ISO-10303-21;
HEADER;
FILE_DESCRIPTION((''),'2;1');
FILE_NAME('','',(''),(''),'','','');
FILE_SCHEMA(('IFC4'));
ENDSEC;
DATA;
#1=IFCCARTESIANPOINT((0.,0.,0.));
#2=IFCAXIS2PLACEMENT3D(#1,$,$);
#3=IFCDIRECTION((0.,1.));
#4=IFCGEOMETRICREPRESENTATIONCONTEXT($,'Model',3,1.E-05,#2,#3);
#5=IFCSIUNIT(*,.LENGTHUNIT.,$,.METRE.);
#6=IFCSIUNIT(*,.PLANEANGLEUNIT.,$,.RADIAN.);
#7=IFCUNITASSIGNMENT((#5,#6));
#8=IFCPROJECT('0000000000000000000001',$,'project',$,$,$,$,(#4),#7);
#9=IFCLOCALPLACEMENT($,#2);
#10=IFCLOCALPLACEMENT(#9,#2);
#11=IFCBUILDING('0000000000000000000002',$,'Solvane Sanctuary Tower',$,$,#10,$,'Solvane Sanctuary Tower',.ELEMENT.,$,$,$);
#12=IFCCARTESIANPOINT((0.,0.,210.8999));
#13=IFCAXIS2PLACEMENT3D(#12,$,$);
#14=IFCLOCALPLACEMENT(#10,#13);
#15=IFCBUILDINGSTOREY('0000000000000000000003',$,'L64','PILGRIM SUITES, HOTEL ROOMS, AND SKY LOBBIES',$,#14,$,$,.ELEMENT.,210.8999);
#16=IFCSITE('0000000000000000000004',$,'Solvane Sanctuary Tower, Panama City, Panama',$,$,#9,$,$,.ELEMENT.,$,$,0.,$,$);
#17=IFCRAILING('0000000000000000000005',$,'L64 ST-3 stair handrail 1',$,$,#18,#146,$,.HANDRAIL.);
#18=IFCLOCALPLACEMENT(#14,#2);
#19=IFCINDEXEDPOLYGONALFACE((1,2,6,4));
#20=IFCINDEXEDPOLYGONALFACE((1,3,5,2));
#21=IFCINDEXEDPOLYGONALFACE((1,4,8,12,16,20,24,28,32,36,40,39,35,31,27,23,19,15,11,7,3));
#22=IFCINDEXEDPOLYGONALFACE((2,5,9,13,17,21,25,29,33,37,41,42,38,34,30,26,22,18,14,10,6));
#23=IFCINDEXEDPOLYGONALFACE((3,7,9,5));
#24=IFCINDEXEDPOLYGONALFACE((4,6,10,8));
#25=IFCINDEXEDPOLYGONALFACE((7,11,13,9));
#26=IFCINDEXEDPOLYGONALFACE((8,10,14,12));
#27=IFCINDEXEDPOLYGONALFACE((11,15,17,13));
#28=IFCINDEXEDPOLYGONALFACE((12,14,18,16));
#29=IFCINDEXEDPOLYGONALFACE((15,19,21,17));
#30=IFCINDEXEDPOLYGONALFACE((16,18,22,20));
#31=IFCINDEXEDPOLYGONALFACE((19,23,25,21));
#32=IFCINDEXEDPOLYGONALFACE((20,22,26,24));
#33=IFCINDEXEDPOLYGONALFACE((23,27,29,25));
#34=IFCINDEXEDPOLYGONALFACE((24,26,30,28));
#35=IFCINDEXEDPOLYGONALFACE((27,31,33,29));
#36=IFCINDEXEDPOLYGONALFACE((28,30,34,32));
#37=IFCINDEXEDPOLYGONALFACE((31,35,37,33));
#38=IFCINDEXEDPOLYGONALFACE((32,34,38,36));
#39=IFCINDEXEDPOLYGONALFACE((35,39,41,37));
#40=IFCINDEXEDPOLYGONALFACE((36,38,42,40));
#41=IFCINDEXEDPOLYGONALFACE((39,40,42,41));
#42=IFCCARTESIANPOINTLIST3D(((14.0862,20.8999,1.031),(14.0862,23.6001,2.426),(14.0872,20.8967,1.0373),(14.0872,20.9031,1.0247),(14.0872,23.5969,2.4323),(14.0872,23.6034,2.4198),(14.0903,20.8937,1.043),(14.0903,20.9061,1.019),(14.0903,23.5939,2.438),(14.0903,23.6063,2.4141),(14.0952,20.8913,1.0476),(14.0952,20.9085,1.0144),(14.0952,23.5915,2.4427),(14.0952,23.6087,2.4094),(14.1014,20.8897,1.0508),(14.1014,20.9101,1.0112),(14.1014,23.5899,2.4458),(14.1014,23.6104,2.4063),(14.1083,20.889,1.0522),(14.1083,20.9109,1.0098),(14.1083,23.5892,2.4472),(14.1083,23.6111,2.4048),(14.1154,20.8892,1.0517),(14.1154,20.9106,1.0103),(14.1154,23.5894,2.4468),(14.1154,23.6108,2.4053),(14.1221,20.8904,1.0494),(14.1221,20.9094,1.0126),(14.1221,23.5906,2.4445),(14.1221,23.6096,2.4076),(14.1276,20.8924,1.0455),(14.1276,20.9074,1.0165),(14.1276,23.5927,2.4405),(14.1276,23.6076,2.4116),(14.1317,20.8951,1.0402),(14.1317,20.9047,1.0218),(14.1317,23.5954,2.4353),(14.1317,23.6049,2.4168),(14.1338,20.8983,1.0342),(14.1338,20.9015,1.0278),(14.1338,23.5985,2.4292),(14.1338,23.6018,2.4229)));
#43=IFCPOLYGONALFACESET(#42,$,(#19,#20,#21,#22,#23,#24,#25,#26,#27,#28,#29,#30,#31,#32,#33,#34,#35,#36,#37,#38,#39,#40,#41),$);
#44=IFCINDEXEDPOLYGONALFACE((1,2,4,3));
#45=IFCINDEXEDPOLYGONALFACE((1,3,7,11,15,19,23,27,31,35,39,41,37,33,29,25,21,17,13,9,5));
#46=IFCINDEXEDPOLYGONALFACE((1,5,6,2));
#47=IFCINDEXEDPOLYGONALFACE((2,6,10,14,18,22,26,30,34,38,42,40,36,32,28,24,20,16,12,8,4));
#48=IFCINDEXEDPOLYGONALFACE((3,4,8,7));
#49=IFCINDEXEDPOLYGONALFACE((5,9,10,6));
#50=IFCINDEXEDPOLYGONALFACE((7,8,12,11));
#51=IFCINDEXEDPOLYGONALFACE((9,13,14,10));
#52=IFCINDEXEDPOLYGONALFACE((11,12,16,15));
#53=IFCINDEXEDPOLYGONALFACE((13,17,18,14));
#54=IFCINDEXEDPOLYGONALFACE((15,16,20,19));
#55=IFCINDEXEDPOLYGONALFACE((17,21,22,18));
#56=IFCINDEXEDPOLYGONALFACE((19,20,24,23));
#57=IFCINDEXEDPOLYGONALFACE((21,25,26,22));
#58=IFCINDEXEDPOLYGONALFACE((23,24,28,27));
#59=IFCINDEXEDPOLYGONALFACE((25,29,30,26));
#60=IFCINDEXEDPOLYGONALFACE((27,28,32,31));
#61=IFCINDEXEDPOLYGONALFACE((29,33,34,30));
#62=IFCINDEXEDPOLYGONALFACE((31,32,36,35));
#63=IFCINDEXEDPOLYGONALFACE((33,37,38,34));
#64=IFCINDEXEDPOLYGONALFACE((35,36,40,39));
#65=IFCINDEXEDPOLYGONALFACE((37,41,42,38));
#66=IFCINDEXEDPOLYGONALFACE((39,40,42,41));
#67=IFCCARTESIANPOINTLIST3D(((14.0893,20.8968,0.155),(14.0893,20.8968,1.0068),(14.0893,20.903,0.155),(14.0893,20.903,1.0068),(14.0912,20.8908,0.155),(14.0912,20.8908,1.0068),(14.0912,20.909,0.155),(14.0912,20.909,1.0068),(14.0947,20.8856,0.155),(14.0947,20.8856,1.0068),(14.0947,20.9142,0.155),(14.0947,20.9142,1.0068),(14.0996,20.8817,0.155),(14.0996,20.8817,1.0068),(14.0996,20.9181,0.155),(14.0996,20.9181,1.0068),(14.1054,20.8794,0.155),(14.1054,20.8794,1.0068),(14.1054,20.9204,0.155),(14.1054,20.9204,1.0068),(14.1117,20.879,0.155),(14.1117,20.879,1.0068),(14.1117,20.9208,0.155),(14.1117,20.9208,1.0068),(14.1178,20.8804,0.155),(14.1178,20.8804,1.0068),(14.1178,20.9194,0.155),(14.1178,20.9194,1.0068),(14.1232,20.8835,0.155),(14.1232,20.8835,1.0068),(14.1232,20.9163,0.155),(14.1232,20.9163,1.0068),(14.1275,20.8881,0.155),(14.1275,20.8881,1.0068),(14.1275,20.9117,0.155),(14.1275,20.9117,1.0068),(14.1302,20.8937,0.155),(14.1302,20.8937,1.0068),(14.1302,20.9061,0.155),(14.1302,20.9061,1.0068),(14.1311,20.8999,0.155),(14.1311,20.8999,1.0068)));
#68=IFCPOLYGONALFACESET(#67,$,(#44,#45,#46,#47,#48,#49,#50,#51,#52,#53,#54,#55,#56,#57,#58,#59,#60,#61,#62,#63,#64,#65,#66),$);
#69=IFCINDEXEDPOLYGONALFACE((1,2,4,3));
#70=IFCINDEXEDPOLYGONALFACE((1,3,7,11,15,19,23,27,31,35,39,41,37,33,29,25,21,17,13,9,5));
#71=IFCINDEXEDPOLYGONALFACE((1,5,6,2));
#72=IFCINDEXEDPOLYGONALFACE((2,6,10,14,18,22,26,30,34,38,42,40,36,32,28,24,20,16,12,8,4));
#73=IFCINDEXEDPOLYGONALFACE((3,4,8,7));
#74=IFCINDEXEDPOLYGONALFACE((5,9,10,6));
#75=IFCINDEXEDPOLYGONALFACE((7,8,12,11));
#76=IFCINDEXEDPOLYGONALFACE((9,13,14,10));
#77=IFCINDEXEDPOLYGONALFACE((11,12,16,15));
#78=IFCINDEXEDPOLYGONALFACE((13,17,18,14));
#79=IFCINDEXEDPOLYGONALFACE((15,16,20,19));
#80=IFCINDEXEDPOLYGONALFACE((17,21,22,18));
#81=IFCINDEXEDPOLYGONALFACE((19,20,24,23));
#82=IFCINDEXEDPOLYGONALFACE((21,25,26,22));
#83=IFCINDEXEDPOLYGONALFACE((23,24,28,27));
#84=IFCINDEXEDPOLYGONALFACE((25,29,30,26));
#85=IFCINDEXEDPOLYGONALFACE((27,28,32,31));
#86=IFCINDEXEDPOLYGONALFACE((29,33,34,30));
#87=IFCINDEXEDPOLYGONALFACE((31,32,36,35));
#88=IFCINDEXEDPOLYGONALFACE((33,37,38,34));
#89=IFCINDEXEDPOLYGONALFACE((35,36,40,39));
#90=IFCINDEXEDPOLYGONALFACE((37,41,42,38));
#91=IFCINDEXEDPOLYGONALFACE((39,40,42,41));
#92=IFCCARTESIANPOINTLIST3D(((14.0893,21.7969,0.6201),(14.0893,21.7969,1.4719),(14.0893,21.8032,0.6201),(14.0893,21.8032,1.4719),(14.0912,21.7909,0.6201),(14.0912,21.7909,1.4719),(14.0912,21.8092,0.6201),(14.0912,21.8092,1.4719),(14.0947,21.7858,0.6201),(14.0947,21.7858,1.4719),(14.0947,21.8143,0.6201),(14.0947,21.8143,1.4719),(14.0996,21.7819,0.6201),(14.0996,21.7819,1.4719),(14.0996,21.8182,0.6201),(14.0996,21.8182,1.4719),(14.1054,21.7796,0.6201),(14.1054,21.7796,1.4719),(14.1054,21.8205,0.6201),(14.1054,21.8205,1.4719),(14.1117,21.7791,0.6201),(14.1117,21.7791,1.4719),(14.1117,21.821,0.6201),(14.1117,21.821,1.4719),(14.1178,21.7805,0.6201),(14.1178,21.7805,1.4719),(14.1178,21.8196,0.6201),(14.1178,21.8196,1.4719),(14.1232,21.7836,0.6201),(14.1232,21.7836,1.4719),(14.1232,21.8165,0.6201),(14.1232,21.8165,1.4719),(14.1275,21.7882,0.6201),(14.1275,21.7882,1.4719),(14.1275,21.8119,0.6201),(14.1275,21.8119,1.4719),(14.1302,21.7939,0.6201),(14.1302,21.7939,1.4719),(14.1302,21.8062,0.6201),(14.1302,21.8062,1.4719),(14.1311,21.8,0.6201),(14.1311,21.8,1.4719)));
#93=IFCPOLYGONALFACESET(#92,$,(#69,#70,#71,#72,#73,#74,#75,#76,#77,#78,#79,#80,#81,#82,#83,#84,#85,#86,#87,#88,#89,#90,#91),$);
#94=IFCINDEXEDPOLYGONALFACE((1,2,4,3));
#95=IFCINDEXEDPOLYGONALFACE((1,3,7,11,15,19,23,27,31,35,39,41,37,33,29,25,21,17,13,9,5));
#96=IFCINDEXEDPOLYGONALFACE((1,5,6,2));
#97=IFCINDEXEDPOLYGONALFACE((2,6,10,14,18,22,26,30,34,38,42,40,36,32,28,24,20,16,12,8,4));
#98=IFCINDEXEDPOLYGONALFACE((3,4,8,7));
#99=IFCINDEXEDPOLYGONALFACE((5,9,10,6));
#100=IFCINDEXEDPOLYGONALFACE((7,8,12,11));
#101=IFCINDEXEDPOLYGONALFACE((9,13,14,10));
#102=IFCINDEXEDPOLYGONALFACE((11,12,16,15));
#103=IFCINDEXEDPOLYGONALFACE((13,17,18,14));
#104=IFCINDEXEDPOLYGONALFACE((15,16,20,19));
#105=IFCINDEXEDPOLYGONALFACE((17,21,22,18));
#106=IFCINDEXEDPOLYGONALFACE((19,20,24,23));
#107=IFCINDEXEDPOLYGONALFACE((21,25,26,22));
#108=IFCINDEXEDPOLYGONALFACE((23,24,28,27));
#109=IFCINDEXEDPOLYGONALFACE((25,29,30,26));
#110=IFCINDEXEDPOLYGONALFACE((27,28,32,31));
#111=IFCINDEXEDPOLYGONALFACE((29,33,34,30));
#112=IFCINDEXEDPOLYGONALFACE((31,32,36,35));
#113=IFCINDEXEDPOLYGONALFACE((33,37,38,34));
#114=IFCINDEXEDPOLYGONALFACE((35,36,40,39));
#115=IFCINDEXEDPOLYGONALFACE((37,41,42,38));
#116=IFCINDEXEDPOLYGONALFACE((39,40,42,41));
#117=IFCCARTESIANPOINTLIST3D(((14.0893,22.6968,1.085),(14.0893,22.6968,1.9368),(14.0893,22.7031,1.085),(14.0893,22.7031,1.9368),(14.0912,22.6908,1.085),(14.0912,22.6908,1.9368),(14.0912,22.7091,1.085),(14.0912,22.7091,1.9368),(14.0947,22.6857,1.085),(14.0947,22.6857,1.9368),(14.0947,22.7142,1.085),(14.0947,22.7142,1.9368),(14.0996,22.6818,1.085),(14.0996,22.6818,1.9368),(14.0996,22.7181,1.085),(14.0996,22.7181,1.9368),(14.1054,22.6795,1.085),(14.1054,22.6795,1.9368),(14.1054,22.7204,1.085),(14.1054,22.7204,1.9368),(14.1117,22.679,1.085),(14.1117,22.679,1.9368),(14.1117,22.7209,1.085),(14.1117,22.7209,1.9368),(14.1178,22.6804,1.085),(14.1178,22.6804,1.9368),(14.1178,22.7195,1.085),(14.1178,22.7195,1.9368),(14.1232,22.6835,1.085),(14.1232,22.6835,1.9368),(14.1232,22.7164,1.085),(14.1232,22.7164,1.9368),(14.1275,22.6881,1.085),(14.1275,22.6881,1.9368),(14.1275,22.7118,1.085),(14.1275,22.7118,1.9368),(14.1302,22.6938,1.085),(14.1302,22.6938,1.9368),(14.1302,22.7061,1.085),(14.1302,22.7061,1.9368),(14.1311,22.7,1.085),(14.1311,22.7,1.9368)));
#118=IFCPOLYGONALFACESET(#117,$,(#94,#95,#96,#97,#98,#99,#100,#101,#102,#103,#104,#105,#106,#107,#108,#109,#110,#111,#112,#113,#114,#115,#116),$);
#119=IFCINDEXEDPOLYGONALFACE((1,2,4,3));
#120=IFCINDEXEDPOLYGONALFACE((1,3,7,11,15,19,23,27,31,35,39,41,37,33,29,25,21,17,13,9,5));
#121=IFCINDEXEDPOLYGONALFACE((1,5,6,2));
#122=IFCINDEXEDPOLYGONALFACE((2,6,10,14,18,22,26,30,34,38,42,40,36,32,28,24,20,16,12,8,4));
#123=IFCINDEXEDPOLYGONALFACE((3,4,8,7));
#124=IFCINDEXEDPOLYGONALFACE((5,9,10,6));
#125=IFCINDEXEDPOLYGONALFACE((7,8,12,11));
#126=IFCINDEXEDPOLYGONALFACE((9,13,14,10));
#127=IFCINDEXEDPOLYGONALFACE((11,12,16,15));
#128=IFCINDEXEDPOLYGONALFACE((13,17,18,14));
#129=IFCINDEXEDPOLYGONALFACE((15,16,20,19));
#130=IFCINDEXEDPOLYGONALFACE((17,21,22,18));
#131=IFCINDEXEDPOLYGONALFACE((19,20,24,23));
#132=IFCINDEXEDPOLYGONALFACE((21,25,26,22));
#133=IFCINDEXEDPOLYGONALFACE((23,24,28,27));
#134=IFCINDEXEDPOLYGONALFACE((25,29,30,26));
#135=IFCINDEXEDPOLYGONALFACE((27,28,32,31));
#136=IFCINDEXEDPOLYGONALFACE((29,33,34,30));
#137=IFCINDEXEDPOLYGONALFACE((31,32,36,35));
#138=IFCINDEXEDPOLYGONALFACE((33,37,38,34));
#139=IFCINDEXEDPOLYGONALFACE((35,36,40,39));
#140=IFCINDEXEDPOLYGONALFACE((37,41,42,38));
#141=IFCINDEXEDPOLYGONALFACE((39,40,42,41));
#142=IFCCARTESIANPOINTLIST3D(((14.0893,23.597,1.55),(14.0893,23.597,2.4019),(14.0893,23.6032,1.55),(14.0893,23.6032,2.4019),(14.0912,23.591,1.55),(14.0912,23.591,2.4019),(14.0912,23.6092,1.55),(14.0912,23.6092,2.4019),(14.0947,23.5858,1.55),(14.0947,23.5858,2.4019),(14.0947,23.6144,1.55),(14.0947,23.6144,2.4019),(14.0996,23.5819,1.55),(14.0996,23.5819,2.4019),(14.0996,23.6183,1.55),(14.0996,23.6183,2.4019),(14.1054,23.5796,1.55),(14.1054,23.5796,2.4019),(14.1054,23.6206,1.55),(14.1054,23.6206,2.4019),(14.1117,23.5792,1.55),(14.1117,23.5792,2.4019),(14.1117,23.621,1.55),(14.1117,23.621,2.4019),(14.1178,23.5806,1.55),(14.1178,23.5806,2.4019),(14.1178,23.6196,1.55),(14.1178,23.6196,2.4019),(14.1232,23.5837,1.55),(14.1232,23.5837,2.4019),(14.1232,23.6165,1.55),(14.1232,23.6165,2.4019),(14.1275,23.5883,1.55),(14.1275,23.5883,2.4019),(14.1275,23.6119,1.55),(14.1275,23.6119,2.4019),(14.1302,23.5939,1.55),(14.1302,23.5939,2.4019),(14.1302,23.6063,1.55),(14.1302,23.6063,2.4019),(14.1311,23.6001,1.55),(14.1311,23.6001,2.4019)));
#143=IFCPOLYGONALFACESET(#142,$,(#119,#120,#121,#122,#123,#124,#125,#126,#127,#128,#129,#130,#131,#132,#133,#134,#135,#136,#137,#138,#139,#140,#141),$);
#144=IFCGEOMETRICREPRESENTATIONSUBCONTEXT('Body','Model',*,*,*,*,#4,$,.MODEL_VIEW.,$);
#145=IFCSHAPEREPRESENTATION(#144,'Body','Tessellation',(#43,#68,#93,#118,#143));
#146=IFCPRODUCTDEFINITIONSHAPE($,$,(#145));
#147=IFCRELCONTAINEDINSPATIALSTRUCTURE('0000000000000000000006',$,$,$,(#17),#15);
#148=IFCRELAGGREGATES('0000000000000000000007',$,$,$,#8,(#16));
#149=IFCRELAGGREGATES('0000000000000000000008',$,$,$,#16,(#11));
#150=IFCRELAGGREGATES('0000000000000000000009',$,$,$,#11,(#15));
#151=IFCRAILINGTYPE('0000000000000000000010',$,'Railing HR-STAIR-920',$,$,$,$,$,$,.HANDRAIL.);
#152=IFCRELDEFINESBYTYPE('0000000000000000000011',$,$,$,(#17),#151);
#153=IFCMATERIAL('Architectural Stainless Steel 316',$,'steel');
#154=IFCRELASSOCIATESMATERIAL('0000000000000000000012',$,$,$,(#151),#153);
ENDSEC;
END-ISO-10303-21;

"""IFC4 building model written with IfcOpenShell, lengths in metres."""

from ifc_helpers import new_model, si_unit, direction, frame, origin, origin_2d, place, context, subcontext, project, spatial, circle, extrude, material, type_object, element, save


model = new_model("IFC4")

# Units and contexts
model_context = context("Model", 3, precision=1e-05, world=origin(), true_north=direction((0.0, 1.0)))
body_context = subcontext(model_context, "Body", "Model", "MODEL_VIEW")
ifc_project = project(units=[si_unit("LENGTHUNIT", "METRE"), si_unit("PLANEANGLEUNIT", "RADIAN")], contexts=[model_context])

# Site, building, storey
site_placement = place(None, origin())
site = spatial("IfcSite", under=ifc_project, at=site_placement, Name="Solvane Sanctuary Tower, Panama City, Panama", CompositionType="ELEMENT", RefElevation=0.0)
building_placement = place(site_placement, origin())
building = spatial("IfcBuilding", under=site, at=building_placement, Name="Solvane Sanctuary Tower", LongName="Solvane Sanctuary Tower", CompositionType="ELEMENT")
storey_placement = place(building_placement, frame((0.0, 0.0, 210.8999)))
storey = spatial("IfcBuildingStorey", under=building, at=storey_placement, Name="L64", Description="PILGRIM SUITES, HOTEL ROOMS, AND SKY LOBBIES", CompositionType="ELEMENT", Elevation=210.8999)

# Railing
ifc_material_1 = material(Name="Architectural Stainless Steel 316", Category="steel")
railing_type_1 = type_object("IfcRailingType", Name="Railing HR-STAIR-920", PredefinedType="HANDRAIL", material=ifc_material_1)
railing_1_placement = place(storey_placement, frame((14.1101, 20.8999, 0.155)))
element("IfcRailing", 1, at=railing_1_placement, inside=storey, type_object=railing_type_1, Name="L64 ST-3 stair handrail 1", PredefinedType="HANDRAIL", context=body_context, shape_type="SweptSolid", body=[
    extrude(circle(Radius=0.0239, at=origin_2d()), frame((0.0, 0.0, 0.876), z_axis=(0.0, 0.888437, 0.458999), x_axis=(-1.0, 0.0, 0.0)), (0.0, 0.0, 1.0), 3.0393),
    extrude(circle(Radius=0.021, at=origin_2d()), origin(), (0.0, 0.0, 1.0), 0.8518),
    extrude(circle(Radius=0.021, at=origin_2d()), frame((0.0, 0.9001, 0.4651)), (0.0, 0.0, 1.0), 0.8518),
    extrude(circle(Radius=0.021, at=origin_2d()), frame((0.0, 1.8, 0.9299)), (0.0, 0.0, 1.0), 0.8518),
    extrude(circle(Radius=0.021, at=origin_2d()), frame((0.0, 2.7002, 1.395)), (0.0, 0.0, 1.0), 0.8518),
])

save(model, "model.ifc")
